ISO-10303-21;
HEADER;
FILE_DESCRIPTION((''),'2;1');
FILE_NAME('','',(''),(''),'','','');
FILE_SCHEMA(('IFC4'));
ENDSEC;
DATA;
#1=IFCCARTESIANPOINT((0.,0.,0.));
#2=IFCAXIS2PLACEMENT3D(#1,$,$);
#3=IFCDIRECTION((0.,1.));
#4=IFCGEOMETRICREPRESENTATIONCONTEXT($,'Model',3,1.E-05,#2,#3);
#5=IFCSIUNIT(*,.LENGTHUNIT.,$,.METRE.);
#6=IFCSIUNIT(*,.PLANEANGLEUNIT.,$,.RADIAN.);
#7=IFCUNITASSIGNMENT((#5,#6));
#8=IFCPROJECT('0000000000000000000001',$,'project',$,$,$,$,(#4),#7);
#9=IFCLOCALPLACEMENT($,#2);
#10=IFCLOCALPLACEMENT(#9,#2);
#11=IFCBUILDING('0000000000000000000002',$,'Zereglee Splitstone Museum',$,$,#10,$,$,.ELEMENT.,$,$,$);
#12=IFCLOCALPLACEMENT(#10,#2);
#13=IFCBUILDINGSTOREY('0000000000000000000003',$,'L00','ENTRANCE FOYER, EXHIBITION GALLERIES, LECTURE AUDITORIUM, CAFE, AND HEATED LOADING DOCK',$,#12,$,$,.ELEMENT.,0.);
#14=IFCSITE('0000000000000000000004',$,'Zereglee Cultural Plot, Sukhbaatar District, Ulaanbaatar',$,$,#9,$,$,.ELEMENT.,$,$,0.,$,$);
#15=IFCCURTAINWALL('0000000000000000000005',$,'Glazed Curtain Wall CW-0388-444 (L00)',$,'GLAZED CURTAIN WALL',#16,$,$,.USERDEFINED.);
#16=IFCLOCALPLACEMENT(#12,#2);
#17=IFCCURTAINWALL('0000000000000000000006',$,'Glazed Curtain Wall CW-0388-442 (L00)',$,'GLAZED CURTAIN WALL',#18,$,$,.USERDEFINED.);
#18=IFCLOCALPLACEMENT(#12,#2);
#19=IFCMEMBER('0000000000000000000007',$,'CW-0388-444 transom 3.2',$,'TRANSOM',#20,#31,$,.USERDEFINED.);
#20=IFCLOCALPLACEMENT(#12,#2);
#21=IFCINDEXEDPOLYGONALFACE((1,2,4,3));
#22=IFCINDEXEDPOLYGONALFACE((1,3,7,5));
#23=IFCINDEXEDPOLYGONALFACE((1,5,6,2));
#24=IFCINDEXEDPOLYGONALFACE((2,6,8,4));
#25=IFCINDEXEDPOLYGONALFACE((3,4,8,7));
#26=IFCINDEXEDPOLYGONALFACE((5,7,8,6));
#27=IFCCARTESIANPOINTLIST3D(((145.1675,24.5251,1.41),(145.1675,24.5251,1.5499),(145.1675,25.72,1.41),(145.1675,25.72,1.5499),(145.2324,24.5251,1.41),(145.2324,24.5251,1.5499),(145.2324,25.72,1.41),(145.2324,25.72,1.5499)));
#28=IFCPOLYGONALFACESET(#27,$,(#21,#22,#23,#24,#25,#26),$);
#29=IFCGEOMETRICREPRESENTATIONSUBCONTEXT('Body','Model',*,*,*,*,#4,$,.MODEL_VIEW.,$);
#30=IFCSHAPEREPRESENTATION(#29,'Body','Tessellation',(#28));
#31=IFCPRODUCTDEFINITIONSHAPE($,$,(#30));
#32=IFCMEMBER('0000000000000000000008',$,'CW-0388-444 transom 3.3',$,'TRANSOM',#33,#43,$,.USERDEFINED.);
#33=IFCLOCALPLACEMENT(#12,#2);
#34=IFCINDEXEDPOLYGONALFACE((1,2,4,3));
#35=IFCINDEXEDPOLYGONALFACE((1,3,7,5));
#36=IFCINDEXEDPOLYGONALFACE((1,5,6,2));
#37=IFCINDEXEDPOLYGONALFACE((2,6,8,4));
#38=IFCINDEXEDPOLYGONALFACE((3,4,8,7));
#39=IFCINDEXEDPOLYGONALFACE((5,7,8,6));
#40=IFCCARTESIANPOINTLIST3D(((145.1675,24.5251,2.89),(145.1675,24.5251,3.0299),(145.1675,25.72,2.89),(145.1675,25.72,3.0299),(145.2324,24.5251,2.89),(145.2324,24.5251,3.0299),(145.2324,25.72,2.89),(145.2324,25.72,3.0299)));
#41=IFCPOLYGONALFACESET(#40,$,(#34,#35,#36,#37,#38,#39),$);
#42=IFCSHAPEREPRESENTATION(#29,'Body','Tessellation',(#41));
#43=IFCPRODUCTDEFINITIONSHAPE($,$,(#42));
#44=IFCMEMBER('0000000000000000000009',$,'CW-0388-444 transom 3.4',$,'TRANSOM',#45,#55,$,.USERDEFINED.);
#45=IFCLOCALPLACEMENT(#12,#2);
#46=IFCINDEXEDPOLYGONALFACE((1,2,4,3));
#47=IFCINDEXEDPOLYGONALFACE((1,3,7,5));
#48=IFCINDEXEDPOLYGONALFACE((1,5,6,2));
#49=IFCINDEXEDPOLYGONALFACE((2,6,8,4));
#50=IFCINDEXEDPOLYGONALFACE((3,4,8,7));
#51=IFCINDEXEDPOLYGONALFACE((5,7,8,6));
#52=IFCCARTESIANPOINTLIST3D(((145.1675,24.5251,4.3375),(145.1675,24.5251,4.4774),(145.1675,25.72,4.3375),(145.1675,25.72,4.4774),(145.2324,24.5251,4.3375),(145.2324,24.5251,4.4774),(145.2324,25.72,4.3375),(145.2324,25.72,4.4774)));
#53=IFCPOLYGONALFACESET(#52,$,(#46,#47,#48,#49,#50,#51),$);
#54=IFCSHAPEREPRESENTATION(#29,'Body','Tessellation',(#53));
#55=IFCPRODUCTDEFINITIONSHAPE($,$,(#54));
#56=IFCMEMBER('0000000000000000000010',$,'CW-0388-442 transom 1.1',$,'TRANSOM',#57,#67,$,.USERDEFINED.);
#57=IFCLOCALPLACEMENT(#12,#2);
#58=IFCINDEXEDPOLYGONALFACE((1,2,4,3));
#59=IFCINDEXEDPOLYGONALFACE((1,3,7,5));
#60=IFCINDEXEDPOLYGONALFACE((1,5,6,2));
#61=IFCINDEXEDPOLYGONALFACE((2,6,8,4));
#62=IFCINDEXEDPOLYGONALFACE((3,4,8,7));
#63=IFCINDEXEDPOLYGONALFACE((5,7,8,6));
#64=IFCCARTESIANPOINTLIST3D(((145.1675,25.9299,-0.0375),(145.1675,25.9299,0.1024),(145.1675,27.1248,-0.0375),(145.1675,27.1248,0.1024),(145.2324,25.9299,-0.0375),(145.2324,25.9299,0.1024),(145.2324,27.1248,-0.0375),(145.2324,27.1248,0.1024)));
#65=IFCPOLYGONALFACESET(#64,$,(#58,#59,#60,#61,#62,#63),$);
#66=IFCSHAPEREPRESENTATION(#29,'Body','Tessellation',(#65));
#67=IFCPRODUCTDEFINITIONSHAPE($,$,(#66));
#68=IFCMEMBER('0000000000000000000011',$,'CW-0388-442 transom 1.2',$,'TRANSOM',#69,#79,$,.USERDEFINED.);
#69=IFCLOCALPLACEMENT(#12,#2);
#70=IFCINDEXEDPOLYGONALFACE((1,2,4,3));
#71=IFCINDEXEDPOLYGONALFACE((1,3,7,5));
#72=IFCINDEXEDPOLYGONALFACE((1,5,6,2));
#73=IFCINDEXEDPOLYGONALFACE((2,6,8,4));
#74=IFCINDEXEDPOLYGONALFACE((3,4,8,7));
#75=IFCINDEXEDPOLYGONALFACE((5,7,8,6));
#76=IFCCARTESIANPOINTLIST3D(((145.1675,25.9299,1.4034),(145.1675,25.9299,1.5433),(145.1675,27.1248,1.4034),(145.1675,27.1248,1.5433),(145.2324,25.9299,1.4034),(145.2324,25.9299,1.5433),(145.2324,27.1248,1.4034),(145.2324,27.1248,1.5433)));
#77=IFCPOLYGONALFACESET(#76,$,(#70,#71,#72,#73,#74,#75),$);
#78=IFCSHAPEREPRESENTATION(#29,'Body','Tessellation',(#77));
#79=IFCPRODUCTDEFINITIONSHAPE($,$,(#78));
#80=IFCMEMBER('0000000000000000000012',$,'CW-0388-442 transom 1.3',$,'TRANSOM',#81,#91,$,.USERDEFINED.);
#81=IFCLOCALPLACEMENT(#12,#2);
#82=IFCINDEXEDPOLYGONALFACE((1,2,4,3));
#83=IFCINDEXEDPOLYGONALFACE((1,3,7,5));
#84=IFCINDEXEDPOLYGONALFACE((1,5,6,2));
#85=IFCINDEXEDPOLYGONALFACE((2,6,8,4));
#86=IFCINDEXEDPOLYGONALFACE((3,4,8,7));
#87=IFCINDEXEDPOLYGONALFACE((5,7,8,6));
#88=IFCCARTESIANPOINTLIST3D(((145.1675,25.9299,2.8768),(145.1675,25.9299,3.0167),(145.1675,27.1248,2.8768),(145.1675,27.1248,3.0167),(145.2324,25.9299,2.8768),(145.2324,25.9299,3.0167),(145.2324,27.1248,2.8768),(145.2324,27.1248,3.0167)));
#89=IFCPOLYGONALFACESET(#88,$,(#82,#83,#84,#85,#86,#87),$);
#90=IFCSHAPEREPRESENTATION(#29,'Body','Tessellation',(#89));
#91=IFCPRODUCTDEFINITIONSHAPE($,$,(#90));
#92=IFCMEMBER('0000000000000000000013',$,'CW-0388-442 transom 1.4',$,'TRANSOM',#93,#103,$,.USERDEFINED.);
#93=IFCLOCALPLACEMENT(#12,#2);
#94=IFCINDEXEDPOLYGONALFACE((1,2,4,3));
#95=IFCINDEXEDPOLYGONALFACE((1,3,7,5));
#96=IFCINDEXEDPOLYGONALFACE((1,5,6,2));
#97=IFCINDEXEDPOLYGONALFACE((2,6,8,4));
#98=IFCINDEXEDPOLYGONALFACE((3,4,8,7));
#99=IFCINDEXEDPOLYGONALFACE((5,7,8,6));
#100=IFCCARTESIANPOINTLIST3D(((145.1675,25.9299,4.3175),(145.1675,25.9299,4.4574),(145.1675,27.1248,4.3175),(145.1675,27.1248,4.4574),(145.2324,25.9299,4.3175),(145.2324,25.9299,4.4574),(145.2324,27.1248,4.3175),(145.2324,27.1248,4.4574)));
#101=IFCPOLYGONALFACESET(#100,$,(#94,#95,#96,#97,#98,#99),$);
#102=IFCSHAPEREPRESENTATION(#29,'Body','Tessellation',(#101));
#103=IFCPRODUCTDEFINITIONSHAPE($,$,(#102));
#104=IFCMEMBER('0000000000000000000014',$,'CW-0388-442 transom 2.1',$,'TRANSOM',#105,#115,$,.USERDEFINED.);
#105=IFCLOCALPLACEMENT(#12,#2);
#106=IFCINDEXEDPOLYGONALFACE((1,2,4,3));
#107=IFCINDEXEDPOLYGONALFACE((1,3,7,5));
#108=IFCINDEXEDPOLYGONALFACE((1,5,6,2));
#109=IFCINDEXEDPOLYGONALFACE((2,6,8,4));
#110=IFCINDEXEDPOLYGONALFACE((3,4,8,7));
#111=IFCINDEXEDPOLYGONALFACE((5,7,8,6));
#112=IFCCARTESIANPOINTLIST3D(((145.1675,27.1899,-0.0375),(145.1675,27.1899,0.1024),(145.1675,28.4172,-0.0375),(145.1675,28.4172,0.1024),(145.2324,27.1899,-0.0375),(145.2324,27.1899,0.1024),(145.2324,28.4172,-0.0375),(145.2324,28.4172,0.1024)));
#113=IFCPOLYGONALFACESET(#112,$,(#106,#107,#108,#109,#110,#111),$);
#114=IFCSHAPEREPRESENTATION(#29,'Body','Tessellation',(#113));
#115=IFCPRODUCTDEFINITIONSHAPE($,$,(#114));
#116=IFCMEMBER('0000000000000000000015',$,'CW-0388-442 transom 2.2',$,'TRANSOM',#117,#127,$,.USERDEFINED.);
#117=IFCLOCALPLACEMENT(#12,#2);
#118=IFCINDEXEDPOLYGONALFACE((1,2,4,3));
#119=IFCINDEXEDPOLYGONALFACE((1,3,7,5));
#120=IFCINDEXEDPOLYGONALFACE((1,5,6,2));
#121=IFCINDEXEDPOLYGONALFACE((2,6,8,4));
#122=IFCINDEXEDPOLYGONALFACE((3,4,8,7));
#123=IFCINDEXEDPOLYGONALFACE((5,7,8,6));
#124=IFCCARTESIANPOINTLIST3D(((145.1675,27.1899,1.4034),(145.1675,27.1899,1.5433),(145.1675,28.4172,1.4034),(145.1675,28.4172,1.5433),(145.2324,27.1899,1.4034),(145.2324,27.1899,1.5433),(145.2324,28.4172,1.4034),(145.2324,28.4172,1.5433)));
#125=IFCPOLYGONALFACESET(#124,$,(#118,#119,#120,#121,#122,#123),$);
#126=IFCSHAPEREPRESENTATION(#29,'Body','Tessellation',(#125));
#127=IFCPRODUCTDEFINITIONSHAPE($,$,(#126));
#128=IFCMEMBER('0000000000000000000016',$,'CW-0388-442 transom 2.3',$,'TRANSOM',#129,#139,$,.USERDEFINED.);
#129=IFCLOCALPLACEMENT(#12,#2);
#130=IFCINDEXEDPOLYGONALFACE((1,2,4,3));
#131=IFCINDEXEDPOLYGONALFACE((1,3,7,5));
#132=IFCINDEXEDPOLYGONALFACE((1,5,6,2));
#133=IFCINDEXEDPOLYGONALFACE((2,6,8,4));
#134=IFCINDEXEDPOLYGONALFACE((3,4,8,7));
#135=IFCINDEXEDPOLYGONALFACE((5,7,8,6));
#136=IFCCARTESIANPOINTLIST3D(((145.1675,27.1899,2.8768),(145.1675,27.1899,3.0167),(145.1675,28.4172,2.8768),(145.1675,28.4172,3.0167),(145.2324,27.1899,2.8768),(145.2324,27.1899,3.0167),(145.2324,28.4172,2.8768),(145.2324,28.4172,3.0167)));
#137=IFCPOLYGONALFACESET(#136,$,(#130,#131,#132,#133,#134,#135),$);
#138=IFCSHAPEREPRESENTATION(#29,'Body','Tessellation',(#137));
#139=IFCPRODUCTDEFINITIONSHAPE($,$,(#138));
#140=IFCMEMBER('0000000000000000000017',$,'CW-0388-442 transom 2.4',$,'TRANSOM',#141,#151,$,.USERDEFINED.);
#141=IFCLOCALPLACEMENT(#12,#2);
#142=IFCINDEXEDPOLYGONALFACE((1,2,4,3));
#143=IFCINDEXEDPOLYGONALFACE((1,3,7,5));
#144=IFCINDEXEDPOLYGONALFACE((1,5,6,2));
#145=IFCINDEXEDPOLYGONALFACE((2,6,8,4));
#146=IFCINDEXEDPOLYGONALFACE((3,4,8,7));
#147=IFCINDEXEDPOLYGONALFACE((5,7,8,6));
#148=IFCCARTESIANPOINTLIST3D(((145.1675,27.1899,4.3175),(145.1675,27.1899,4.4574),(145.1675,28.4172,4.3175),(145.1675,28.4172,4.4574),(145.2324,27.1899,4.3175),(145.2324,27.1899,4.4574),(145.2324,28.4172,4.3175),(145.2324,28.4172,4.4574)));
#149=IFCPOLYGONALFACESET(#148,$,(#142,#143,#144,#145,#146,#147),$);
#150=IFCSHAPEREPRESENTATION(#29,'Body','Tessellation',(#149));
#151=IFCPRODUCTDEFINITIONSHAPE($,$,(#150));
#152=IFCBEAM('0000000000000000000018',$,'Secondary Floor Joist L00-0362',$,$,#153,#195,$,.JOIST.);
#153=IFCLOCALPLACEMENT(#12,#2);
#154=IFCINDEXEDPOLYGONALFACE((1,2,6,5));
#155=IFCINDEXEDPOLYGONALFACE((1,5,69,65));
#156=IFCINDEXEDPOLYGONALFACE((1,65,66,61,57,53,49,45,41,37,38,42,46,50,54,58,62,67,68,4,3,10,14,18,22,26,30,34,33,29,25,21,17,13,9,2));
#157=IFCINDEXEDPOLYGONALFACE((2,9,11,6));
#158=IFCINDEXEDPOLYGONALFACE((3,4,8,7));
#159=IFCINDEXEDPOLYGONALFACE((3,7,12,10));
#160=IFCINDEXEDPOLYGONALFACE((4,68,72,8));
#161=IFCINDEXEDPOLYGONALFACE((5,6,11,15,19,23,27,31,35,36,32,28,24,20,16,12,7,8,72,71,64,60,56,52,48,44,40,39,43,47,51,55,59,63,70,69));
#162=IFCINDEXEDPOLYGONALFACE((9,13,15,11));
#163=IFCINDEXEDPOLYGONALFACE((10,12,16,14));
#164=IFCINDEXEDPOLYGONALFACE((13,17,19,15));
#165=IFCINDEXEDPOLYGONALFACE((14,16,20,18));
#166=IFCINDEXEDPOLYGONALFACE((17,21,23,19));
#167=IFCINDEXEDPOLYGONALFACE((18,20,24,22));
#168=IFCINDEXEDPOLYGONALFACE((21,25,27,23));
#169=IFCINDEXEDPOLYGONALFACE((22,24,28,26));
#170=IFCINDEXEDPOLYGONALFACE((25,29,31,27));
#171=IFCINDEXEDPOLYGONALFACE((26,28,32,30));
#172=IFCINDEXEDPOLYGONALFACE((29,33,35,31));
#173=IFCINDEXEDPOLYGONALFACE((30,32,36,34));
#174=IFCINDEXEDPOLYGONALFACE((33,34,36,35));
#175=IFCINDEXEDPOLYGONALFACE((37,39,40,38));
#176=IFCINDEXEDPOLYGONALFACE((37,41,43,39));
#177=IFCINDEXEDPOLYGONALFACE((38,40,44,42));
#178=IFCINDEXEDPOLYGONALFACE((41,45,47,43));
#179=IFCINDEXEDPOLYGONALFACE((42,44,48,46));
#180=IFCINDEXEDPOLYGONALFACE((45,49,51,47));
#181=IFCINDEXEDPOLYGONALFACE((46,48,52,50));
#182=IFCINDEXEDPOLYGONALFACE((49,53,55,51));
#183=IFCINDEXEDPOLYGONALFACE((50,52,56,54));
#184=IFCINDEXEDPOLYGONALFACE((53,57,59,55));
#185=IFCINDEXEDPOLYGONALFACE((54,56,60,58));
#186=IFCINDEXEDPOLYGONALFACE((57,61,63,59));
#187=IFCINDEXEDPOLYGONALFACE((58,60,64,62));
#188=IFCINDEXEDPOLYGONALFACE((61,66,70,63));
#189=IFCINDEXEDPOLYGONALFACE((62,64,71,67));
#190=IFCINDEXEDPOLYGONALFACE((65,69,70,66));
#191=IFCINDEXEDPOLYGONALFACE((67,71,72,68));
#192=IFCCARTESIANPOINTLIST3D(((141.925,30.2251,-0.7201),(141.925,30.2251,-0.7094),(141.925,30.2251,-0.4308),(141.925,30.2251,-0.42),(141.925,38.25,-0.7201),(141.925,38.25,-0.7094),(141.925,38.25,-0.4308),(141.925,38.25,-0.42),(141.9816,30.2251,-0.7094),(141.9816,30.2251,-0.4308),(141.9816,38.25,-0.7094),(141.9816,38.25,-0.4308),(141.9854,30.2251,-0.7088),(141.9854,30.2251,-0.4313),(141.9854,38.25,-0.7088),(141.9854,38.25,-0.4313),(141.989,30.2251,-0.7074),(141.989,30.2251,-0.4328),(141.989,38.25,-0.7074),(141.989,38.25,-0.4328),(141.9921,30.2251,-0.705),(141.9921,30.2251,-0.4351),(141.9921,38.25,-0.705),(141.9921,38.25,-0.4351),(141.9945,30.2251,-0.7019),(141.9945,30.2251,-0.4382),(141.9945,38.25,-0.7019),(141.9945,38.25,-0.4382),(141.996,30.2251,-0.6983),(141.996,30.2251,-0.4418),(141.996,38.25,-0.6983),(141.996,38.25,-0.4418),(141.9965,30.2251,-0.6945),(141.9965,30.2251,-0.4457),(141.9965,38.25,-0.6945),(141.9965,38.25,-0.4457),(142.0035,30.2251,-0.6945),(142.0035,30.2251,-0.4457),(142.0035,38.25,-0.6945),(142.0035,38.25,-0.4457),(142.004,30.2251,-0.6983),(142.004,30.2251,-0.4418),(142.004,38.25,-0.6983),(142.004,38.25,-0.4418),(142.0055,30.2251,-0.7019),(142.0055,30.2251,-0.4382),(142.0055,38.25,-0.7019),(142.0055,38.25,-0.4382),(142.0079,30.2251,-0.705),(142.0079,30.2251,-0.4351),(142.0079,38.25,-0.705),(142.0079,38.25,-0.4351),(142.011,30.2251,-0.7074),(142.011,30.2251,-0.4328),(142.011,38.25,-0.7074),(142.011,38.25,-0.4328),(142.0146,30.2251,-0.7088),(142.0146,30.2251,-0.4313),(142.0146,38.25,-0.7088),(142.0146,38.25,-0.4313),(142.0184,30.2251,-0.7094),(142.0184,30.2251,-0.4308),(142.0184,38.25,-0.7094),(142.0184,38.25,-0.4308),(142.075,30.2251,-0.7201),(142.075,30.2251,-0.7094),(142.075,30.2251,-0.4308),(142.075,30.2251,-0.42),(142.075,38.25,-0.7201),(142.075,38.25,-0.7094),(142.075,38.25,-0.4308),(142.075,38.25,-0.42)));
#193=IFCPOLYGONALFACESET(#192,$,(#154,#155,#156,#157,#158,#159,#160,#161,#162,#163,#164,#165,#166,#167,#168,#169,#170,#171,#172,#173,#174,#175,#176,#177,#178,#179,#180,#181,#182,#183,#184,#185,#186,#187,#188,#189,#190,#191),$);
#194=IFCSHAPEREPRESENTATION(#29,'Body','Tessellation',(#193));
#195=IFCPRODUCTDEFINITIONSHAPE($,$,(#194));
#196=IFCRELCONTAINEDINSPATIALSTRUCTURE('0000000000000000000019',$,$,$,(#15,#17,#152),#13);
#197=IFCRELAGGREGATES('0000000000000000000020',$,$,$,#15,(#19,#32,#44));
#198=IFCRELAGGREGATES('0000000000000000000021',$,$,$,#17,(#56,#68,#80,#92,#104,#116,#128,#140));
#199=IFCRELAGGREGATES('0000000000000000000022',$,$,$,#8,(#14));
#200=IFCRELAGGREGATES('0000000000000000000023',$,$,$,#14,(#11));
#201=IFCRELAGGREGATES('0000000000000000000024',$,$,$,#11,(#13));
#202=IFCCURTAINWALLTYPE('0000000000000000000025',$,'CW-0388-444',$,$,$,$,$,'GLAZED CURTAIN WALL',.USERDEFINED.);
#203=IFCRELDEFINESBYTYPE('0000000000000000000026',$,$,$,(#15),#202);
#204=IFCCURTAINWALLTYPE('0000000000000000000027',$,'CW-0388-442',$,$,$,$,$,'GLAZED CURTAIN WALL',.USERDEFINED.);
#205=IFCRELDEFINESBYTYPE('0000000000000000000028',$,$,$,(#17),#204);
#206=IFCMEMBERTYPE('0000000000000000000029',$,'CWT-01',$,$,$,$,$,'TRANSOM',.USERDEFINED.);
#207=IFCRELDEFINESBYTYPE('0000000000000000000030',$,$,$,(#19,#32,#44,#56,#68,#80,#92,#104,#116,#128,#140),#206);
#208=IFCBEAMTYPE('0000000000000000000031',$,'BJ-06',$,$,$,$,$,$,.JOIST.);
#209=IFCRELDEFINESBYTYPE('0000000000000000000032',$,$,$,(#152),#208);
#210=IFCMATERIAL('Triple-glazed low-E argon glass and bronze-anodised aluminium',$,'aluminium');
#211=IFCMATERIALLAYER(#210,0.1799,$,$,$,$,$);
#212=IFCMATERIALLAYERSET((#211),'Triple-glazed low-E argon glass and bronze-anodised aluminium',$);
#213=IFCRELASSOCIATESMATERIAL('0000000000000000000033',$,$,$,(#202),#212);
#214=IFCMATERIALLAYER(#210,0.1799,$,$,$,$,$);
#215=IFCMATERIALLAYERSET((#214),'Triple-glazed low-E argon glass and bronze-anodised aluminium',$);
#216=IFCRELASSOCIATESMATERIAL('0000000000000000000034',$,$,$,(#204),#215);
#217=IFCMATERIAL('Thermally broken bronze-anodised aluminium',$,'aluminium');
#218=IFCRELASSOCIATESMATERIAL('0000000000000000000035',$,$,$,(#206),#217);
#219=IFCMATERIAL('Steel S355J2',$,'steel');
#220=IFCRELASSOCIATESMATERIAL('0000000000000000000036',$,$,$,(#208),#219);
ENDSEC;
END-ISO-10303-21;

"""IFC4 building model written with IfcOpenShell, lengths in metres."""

from ifc_helpers import new_model, si_unit, direction, frame, origin, origin_2d, place, context, subcontext, project, spatial, rectangle, i_section, extrude, material, layer, layer_set, material_profile, profile_set, type_object, element, aggregate, save


model = new_model("IFC4")

# Units and contexts
model_context = context("Model", 3, precision=1e-05, world=origin(), true_north=direction((0.0, 1.0)))
body_context = subcontext(model_context, "Body", "Model", "MODEL_VIEW")
ifc_project = project(units=[si_unit("LENGTHUNIT", "METRE"), si_unit("PLANEANGLEUNIT", "RADIAN")], contexts=[model_context])

# Site, building, storey
site_placement = place(None, origin())
site = spatial("IfcSite", under=ifc_project, at=site_placement, Name="Zereglee Cultural Plot, Sukhbaatar District, Ulaanbaatar", CompositionType="ELEMENT", RefElevation=0.0)
building_placement = place(site_placement, origin())
building = spatial("IfcBuilding", under=site, at=building_placement, Name="Zereglee Splitstone Museum", CompositionType="ELEMENT")
storey_placement = place(building_placement, origin())
storey = spatial("IfcBuildingStorey", under=building, at=storey_placement, Name="L00", Description="ENTRANCE FOYER, EXHIBITION GALLERIES, LECTURE AUDITORIUM, CAFE, AND HEATED LOADING DOCK", CompositionType="ELEMENT", Elevation=0.0)

# Curtain walls
ifc_material_1 = material(Name="Triple-glazed low-E argon glass and bronze-anodised aluminium", Category="aluminium")
ifc_layer_1 = layer(ifc_material_1, 0.1799)
ifc_layer_set_1 = layer_set([ifc_layer_1], Name="Triple-glazed low-E argon glass and bronze-anodised aluminium")
curtain_wall_type_1 = type_object("IfcCurtainWallType", Name="CW-0388-444", ElementType="GLAZED CURTAIN WALL", PredefinedType="USERDEFINED", material=ifc_layer_set_1)
curtain_wall_1_placement = place(storey_placement, origin())
curtain_wall_1 = element("IfcCurtainWall", 1, at=curtain_wall_1_placement, inside=storey, type_object=curtain_wall_type_1, Name="Glazed Curtain Wall CW-0388-444 (L00)", ObjectType="GLAZED CURTAIN WALL", PredefinedType="USERDEFINED")
ifc_material_2 = material(Name="Thermally broken bronze-anodised aluminium", Category="aluminium")
ifc_layer_2 = layer(ifc_material_1, 0.1799)
ifc_layer_set_2 = layer_set([ifc_layer_2], Name="Triple-glazed low-E argon glass and bronze-anodised aluminium")
curtain_wall_type_2 = type_object("IfcCurtainWallType", Name="CW-0388-442", ElementType="GLAZED CURTAIN WALL", PredefinedType="USERDEFINED", material=ifc_layer_set_2)
curtain_wall_2_placement = place(storey_placement, origin())
curtain_wall_2 = element("IfcCurtainWall", 2, at=curtain_wall_2_placement, inside=storey, type_object=curtain_wall_type_2, Name="Glazed Curtain Wall CW-0388-442 (L00)", ObjectType="GLAZED CURTAIN WALL", PredefinedType="USERDEFINED")

# Members
ifc_material_profile_1 = material_profile(ifc_material_2, rectangle(XDim=0.0649, YDim=0.1399, at=origin_2d()), Name="CW TRAN 65x140")
ifc_profile_set_1 = profile_set([ifc_material_profile_1], Name="Thermally broken bronze-anodised aluminium")
member_type_1 = type_object("IfcMemberType", Name="CWT-01", ElementType="TRANSOM", PredefinedType="USERDEFINED", material=ifc_profile_set_1)
member_1_placement = place(storey_placement, frame((145.2, 24.5251, 1.48), z_axis=(0.0, 1.0, 0.0), x_axis=(-1.0, 0.0, 0.0)))
member_1 = element("IfcMember", 3, at=member_1_placement, type_object=member_type_1, Name="CW-0388-444 transom 3.2", ObjectType="TRANSOM", PredefinedType="USERDEFINED", context=body_context, shape_type="SweptSolid", body=[
    extrude(rectangle(XDim=0.0649, YDim=0.1399, at=origin_2d()), origin(), (0.0, 0.0, 1.0), 1.1948),
])
member_2_placement = place(storey_placement, frame((145.2, 24.5251, 2.96), z_axis=(0.0, 1.0, 0.0), x_axis=(-1.0, 0.0, 0.0)))
member_2 = element("IfcMember", 4, at=member_2_placement, type_object=member_type_1, Name="CW-0388-444 transom 3.3", ObjectType="TRANSOM", PredefinedType="USERDEFINED", context=body_context, shape_type="SweptSolid", body=[
    extrude(rectangle(XDim=0.0649, YDim=0.1399, at=origin_2d()), origin(), (0.0, 0.0, 1.0), 1.1948),
])
member_3_placement = place(storey_placement, frame((145.2, 24.5251, 4.4075), z_axis=(0.0, 1.0, 0.0), x_axis=(-1.0, 0.0, 0.0)))
member_3 = element("IfcMember", 5, at=member_3_placement, type_object=member_type_1, Name="CW-0388-444 transom 3.4", ObjectType="TRANSOM", PredefinedType="USERDEFINED", context=body_context, shape_type="SweptSolid", body=[
    extrude(rectangle(XDim=0.0649, YDim=0.1399, at=origin_2d()), origin(), (0.0, 0.0, 1.0), 1.1948),
])
member_4_placement = place(storey_placement, frame((145.2, 25.9299, 0.0325), z_axis=(0.0, 1.0, 0.0), x_axis=(-1.0, 0.0, 0.0)))
member_4 = element("IfcMember", 6, at=member_4_placement, type_object=member_type_1, Name="CW-0388-442 transom 1.1", ObjectType="TRANSOM", PredefinedType="USERDEFINED", context=body_context, shape_type="SweptSolid", body=[
    extrude(rectangle(XDim=0.0649, YDim=0.1399, at=origin_2d()), origin(), (0.0, 0.0, 1.0), 1.1948),
])
member_5_placement = place(storey_placement, frame((145.2, 25.9299, 1.4734), z_axis=(0.0, 1.0, 0.0), x_axis=(-1.0, 0.0, 0.0)))
member_5 = element("IfcMember", 7, at=member_5_placement, type_object=member_type_1, Name="CW-0388-442 transom 1.2", ObjectType="TRANSOM", PredefinedType="USERDEFINED", context=body_context, shape_type="SweptSolid", body=[
    extrude(rectangle(XDim=0.0649, YDim=0.1399, at=origin_2d()), origin(), (0.0, 0.0, 1.0), 1.1948),
])
member_6_placement = place(storey_placement, frame((145.2, 25.9299, 2.9468), z_axis=(0.0, 1.0, 0.0), x_axis=(-1.0, 0.0, 0.0)))
member_6 = element("IfcMember", 8, at=member_6_placement, type_object=member_type_1, Name="CW-0388-442 transom 1.3", ObjectType="TRANSOM", PredefinedType="USERDEFINED", context=body_context, shape_type="SweptSolid", body=[
    extrude(rectangle(XDim=0.0649, YDim=0.1399, at=origin_2d()), origin(), (0.0, 0.0, 1.0), 1.1948),
])
member_7_placement = place(storey_placement, frame((145.2, 25.9299, 4.3875), z_axis=(0.0, 1.0, 0.0), x_axis=(-1.0, 0.0, 0.0)))
member_7 = element("IfcMember", 9, at=member_7_placement, type_object=member_type_1, Name="CW-0388-442 transom 1.4", ObjectType="TRANSOM", PredefinedType="USERDEFINED", context=body_context, shape_type="SweptSolid", body=[
    extrude(rectangle(XDim=0.0649, YDim=0.1399, at=origin_2d()), origin(), (0.0, 0.0, 1.0), 1.1948),
])
member_8_placement = place(storey_placement, frame((145.2, 27.1899, 0.0325), z_axis=(0.0, 1.0, 0.0), x_axis=(-1.0, 0.0, 0.0)))
member_8 = element("IfcMember", 10, at=member_8_placement, type_object=member_type_1, Name="CW-0388-442 transom 2.1", ObjectType="TRANSOM", PredefinedType="USERDEFINED", context=body_context, shape_type="SweptSolid", body=[
    extrude(rectangle(XDim=0.0649, YDim=0.1399, at=origin_2d()), origin(), (0.0, 0.0, 1.0), 1.2273),
])
member_9_placement = place(storey_placement, frame((145.2, 27.1899, 1.4734), z_axis=(0.0, 1.0, 0.0), x_axis=(-1.0, 0.0, 0.0)))
member_9 = element("IfcMember", 11, at=member_9_placement, type_object=member_type_1, Name="CW-0388-442 transom 2.2", ObjectType="TRANSOM", PredefinedType="USERDEFINED", context=body_context, shape_type="SweptSolid", body=[
    extrude(rectangle(XDim=0.0649, YDim=0.1399, at=origin_2d()), origin(), (0.0, 0.0, 1.0), 1.2273),
])
member_10_placement = place(storey_placement, frame((145.2, 27.1899, 2.9468), z_axis=(0.0, 1.0, 0.0), x_axis=(-1.0, 0.0, 0.0)))
member_10 = element("IfcMember", 12, at=member_10_placement, type_object=member_type_1, Name="CW-0388-442 transom 2.3", ObjectType="TRANSOM", PredefinedType="USERDEFINED", context=body_context, shape_type="SweptSolid", body=[
    extrude(rectangle(XDim=0.0649, YDim=0.1399, at=origin_2d()), origin(), (0.0, 0.0, 1.0), 1.2273),
])
member_11_placement = place(storey_placement, frame((145.2, 27.1899, 4.3875), z_axis=(0.0, 1.0, 0.0), x_axis=(-1.0, 0.0, 0.0)))
member_11 = element("IfcMember", 13, at=member_11_placement, type_object=member_type_1, Name="CW-0388-442 transom 2.4", ObjectType="TRANSOM", PredefinedType="USERDEFINED", context=body_context, shape_type="SweptSolid", body=[
    extrude(rectangle(XDim=0.0649, YDim=0.1399, at=origin_2d()), origin(), (0.0, 0.0, 1.0), 1.2273),
])

# Beam
ifc_material_3 = material(Name="Steel S355J2", Category="steel")
ifc_material_profile_2 = material_profile(ifc_material_3, i_section(OverallWidth=0.1499, OverallDepth=0.3, WebThickness=0.0071, FlangeThickness=0.0107, FilletRadius=0.0149, at=origin_2d()), Name="IPE 300")
ifc_profile_set_2 = profile_set([ifc_material_profile_2], Name="Steel S355J2")
beam_type_1 = type_object("IfcBeamType", Name="BJ-06", PredefinedType="JOIST", material=ifc_profile_set_2)
beam_1_placement = place(storey_placement, frame((142.0, 30.2251, -0.5701), z_axis=(0.0, 1.0, 0.0), x_axis=(-1.0, 0.0, 0.0)))
element("IfcBeam", 14, at=beam_1_placement, inside=storey, type_object=beam_type_1, Name="Secondary Floor Joist L00-0362", PredefinedType="JOIST", context=body_context, shape_type="SweptSolid", body=[
    extrude(i_section(OverallWidth=0.1499, OverallDepth=0.3, WebThickness=0.0071, FlangeThickness=0.0107, FilletRadius=0.0149, at=origin_2d()), origin(), (0.0, 0.0, 1.0), 8.0249),
])

aggregate(curtain_wall_1, [member_1, member_2, member_3])
aggregate(curtain_wall_2, [member_4, member_5, member_6, member_7, member_8, member_9, member_10, member_11])

save(model, "model.ifc")
